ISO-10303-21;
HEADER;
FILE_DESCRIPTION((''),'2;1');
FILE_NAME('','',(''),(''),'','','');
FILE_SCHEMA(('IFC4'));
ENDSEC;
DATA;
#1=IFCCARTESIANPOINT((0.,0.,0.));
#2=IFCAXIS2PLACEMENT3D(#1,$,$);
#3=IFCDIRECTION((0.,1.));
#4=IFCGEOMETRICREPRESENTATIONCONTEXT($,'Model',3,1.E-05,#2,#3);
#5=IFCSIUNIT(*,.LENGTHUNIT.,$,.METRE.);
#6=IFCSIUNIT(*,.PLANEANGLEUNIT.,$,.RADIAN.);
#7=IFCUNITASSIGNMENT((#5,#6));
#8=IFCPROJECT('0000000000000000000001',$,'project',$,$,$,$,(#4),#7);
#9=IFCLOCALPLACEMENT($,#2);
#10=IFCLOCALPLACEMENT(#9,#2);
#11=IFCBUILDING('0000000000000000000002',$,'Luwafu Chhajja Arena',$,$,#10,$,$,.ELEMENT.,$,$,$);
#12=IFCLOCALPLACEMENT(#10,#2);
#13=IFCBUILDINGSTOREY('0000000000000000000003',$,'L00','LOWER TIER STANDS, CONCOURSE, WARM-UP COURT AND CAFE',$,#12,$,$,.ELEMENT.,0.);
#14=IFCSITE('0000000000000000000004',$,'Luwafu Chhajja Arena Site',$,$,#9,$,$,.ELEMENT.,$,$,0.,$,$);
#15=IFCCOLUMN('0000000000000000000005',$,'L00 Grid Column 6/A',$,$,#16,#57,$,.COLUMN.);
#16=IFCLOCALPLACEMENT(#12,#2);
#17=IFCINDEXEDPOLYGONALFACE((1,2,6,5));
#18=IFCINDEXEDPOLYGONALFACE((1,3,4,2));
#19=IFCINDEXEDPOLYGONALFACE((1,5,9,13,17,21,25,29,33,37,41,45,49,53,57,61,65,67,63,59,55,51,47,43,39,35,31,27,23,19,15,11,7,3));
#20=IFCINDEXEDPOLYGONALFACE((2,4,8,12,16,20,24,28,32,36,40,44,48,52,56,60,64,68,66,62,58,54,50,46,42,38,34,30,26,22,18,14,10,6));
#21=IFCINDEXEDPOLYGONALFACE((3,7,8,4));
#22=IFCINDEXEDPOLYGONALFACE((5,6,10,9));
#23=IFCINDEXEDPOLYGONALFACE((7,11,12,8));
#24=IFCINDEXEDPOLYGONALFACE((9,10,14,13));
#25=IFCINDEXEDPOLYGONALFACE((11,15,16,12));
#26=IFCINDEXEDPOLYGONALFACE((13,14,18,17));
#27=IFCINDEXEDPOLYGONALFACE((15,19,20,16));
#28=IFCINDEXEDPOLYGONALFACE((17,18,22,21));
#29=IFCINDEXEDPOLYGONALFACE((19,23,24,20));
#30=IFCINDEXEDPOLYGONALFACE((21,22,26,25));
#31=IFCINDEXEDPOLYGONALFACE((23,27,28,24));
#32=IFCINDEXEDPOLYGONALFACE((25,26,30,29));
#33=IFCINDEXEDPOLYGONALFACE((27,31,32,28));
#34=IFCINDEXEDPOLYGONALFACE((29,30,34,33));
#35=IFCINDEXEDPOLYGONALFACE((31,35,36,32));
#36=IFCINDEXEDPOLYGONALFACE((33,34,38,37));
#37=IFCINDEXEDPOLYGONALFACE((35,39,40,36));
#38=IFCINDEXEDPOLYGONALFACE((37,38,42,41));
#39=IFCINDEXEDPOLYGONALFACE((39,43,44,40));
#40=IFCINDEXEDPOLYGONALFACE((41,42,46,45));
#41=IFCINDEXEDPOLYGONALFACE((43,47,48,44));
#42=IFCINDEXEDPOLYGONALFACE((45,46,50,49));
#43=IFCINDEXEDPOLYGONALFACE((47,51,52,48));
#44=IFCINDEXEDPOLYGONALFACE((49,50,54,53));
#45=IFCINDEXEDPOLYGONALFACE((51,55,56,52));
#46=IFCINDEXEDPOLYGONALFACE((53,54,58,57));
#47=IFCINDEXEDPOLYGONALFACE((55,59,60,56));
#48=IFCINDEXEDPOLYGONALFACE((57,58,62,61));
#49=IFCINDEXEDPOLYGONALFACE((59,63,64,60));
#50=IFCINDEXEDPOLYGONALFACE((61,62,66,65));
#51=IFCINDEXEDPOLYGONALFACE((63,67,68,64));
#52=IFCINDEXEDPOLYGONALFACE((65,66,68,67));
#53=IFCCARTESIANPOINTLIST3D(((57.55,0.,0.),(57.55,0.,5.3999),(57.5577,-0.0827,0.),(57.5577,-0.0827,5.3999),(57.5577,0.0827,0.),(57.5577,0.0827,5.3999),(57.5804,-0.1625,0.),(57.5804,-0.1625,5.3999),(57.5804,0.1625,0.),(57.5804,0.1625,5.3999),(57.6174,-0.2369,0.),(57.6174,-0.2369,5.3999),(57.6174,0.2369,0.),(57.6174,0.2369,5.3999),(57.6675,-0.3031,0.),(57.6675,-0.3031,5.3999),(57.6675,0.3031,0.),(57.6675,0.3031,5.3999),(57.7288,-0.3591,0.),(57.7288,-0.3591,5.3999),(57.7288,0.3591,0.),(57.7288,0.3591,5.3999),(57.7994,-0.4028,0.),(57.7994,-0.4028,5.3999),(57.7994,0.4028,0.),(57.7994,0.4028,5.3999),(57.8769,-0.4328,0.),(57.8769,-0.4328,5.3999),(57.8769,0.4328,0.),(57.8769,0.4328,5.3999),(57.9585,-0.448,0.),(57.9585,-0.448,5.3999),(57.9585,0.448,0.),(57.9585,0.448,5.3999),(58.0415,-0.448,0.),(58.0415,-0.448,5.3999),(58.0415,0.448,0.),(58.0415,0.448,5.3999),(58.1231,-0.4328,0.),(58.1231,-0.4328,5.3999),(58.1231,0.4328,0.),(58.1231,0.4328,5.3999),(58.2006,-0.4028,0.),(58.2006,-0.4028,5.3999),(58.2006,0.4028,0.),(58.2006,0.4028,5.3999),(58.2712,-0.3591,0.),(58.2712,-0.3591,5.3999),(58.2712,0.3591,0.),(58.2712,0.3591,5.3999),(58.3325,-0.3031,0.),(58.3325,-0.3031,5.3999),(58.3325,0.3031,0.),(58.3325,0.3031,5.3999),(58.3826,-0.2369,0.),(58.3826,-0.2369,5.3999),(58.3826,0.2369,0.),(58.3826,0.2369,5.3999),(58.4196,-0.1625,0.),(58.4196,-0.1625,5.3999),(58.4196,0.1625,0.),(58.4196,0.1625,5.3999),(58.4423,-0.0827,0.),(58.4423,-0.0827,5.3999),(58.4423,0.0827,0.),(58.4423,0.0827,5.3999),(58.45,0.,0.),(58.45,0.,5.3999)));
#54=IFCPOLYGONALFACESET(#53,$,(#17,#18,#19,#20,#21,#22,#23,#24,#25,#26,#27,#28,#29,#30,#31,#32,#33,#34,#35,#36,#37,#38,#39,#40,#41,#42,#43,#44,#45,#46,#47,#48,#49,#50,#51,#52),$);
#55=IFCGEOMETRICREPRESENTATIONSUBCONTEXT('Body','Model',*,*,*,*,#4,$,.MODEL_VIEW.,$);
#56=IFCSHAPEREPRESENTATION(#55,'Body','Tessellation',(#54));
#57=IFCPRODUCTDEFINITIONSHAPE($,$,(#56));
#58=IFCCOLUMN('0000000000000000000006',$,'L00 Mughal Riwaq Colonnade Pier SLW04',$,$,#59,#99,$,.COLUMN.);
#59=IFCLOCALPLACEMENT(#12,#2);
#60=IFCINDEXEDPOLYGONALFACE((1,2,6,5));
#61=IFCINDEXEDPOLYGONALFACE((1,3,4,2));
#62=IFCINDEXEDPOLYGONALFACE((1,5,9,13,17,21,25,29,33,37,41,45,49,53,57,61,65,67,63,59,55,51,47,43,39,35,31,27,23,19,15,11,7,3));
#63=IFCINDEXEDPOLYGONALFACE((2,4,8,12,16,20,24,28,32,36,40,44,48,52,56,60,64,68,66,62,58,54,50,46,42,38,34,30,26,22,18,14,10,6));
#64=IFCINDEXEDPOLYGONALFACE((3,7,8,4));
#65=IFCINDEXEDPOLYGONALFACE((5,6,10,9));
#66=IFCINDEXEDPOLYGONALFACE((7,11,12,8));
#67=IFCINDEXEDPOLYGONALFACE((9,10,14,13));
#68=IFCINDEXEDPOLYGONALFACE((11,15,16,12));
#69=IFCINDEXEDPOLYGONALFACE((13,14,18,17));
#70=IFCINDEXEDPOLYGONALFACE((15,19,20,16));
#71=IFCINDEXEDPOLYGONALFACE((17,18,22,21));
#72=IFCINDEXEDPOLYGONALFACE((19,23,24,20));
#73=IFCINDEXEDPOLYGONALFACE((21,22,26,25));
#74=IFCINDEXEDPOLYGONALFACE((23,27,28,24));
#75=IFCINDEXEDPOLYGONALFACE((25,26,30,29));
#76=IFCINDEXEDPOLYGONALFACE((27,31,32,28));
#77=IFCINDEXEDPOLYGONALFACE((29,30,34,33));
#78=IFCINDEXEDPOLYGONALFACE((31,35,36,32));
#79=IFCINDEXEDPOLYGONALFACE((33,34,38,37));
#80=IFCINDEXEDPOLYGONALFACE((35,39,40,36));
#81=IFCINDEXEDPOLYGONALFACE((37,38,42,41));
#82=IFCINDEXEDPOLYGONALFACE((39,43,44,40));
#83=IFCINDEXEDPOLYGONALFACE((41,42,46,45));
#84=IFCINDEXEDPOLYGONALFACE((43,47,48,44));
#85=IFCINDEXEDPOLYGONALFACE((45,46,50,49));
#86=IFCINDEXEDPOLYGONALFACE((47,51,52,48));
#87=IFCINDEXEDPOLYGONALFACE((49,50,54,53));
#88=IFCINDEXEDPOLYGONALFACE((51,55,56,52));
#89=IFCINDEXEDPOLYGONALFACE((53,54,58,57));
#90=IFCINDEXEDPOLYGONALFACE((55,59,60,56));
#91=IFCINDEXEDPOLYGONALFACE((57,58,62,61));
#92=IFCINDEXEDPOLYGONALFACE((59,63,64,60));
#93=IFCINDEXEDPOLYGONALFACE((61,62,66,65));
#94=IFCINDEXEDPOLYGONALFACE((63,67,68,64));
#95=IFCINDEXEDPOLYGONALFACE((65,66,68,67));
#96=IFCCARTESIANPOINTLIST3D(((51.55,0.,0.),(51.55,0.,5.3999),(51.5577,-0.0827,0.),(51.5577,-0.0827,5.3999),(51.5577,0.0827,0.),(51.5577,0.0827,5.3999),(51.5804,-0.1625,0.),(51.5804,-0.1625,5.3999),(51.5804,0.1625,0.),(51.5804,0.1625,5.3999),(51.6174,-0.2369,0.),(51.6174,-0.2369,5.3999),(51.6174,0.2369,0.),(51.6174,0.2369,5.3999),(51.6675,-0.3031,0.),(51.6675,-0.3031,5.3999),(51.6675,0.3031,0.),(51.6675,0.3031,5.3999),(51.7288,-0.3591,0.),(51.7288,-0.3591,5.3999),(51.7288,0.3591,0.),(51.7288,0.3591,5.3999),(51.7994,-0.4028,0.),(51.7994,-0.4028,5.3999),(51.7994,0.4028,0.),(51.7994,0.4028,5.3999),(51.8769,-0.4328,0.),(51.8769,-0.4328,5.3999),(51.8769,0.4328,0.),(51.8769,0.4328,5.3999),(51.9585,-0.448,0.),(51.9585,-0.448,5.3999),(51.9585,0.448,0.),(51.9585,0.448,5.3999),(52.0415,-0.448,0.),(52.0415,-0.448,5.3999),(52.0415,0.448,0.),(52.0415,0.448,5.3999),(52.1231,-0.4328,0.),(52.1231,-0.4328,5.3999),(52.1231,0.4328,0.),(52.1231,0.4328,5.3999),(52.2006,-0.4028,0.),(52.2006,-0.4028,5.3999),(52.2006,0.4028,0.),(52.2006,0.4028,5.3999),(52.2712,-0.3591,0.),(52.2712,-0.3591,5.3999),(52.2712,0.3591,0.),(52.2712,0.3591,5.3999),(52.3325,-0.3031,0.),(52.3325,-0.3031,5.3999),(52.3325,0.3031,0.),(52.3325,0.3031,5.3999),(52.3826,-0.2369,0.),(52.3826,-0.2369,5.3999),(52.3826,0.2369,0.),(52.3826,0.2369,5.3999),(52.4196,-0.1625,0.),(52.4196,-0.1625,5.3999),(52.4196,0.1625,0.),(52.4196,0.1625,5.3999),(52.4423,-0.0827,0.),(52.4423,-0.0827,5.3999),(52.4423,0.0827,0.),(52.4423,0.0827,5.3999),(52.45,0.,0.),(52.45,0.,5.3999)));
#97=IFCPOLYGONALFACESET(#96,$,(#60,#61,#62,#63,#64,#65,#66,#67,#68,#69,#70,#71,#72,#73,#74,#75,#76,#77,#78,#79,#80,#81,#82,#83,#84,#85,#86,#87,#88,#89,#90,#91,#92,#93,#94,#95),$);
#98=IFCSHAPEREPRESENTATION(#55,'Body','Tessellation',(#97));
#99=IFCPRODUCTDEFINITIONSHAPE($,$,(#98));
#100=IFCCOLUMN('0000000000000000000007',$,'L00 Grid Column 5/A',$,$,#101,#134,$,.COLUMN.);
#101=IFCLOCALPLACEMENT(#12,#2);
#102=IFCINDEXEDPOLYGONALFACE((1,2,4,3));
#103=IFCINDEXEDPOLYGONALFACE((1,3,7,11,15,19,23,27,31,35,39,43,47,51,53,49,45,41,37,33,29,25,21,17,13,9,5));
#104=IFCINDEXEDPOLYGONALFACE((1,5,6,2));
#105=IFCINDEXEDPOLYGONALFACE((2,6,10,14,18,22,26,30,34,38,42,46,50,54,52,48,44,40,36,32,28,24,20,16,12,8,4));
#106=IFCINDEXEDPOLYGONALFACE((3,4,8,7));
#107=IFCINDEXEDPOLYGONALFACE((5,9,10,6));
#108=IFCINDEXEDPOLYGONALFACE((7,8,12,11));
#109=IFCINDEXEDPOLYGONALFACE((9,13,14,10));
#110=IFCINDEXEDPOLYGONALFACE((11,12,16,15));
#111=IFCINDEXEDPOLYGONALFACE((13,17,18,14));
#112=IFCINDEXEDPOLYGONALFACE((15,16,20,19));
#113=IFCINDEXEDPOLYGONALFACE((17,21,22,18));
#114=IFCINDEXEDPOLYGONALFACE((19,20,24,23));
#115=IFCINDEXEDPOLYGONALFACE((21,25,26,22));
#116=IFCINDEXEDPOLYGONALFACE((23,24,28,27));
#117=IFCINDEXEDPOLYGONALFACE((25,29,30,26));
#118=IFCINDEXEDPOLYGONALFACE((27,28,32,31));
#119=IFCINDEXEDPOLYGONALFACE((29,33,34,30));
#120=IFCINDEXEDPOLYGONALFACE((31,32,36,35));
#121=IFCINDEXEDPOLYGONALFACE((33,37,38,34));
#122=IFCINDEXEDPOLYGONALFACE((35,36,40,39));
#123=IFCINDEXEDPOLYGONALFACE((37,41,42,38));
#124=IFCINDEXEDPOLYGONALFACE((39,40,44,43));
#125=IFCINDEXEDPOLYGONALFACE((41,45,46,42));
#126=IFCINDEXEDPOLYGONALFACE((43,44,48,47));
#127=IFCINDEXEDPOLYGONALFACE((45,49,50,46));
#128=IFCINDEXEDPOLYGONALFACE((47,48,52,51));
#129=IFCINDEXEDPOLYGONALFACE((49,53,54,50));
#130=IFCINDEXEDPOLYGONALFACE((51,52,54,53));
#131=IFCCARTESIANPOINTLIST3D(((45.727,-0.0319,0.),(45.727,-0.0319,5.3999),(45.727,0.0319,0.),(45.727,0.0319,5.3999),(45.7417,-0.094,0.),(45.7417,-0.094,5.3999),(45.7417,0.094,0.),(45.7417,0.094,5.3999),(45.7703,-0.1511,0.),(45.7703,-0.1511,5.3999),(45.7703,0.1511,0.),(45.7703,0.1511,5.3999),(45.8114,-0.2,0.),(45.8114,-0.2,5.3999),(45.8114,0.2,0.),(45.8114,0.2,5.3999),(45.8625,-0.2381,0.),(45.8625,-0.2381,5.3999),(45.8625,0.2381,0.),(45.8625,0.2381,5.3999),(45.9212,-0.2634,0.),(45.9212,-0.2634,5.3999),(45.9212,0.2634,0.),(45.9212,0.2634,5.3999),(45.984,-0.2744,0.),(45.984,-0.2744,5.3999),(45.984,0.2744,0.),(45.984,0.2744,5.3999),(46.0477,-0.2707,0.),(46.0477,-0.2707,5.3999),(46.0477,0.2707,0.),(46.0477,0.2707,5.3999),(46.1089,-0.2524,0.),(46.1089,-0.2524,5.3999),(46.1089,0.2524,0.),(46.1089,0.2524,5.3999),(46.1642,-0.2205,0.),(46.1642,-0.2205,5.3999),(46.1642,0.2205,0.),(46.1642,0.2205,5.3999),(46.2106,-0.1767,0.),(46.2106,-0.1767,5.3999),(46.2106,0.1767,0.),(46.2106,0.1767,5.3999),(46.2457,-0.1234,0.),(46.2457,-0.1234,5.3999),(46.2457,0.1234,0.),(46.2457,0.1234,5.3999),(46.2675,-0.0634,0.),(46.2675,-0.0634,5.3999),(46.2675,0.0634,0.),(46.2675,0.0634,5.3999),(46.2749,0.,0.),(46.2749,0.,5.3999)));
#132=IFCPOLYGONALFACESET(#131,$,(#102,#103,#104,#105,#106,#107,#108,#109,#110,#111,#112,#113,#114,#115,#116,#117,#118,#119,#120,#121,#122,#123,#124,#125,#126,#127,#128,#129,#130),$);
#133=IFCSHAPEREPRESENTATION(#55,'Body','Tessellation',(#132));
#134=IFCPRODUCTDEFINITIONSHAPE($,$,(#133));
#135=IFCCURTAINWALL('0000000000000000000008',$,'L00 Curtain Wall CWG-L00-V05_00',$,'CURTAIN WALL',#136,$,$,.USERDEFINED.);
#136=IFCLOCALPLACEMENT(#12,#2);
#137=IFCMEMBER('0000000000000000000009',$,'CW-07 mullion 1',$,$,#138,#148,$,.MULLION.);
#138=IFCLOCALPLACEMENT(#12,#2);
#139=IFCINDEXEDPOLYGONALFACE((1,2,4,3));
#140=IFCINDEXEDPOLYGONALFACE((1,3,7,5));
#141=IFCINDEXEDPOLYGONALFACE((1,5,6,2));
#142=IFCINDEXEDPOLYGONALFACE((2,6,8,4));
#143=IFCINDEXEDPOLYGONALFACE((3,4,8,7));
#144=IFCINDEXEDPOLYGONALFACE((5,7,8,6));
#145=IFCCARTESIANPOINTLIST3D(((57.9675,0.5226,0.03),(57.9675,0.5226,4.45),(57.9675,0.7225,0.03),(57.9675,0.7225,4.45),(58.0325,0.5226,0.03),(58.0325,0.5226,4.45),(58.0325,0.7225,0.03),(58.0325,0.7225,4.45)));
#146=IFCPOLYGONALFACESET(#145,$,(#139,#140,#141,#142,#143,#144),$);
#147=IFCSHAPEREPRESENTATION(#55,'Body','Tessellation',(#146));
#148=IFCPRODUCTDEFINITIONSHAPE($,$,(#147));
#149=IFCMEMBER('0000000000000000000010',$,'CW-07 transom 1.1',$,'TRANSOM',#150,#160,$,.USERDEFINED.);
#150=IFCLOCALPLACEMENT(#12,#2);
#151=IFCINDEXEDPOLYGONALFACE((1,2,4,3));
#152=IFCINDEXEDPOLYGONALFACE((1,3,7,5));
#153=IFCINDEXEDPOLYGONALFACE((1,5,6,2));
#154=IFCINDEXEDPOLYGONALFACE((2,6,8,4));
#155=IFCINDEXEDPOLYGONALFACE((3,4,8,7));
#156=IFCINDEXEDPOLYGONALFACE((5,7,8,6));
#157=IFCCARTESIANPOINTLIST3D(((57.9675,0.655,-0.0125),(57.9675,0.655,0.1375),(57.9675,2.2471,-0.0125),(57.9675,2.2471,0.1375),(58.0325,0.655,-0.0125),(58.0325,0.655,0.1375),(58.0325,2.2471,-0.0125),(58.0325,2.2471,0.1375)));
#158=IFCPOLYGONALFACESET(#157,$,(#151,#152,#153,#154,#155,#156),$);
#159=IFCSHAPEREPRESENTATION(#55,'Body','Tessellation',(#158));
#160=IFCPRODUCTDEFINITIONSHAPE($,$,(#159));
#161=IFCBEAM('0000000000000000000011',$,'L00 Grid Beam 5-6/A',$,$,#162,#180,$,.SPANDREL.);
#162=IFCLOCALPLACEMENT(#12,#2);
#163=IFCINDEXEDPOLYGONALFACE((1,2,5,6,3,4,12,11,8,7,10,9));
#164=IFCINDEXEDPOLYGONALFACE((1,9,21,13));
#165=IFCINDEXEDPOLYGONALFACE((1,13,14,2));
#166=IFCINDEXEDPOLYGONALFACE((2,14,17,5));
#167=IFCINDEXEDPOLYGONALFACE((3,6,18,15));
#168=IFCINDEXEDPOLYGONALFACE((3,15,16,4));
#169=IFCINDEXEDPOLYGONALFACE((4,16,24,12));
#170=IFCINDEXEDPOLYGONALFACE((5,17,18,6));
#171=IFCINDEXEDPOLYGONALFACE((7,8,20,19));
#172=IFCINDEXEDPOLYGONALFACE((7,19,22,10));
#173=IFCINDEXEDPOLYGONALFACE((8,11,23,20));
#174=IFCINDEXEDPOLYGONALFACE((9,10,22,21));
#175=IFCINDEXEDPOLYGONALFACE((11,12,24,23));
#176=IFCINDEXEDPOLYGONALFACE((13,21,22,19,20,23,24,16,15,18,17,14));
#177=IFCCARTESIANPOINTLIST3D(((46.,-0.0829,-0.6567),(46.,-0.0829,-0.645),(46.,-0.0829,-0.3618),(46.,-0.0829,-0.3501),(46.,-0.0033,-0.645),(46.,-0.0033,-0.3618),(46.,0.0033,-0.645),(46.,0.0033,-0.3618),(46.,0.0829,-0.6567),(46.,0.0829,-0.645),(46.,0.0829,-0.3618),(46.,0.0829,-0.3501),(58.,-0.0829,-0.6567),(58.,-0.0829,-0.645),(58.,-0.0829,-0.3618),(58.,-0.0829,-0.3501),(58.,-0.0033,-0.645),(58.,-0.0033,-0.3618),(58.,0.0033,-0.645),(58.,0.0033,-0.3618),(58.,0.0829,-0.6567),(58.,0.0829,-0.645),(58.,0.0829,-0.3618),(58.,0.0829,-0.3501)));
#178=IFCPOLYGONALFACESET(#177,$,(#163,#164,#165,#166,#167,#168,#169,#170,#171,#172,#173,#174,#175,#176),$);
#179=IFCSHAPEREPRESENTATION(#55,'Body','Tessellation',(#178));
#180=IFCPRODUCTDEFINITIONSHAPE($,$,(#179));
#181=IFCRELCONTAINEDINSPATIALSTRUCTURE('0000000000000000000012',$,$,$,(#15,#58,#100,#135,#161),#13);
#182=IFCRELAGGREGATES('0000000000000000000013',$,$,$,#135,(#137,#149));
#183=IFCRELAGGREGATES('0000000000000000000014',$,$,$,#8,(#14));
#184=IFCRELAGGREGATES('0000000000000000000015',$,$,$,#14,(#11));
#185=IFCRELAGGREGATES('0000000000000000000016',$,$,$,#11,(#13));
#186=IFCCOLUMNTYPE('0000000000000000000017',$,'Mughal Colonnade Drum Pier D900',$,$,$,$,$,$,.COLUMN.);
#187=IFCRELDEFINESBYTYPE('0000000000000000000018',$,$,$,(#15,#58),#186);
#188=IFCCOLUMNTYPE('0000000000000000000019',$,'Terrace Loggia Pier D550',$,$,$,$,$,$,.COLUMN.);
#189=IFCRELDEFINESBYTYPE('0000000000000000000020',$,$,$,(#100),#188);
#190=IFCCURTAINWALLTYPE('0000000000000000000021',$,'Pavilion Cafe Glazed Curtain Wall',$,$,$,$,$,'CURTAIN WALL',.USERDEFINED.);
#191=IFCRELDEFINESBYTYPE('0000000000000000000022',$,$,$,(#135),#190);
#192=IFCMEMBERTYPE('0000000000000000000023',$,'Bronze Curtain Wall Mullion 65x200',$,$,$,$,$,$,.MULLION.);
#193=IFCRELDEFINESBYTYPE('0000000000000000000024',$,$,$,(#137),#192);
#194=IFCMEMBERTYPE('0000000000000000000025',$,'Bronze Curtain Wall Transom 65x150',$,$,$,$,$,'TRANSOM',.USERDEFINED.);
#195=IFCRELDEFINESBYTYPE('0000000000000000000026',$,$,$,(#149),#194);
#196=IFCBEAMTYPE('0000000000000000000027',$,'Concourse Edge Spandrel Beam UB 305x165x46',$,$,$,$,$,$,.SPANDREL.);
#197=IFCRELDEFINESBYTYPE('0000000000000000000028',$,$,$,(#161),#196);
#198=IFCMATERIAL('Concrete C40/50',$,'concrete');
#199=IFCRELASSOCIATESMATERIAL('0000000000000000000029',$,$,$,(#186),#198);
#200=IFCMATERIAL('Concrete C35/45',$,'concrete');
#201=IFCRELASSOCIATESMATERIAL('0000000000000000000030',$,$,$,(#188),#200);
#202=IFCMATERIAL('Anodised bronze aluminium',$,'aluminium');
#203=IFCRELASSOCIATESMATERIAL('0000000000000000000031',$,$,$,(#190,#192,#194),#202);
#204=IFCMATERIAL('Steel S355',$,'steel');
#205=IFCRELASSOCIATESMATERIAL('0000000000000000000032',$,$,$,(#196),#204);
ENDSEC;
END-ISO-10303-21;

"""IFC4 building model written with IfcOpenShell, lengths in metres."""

from ifc_helpers import new_model, si_unit, direction, frame, origin, origin_2d, place, context, subcontext, project, spatial, rectangle, circle, i_section, extrude, material, material_profile, profile_set, type_object, element, aggregate, save


model = new_model("IFC4")

# Units and contexts
model_context = context("Model", 3, precision=1e-05, world=origin(), true_north=direction((0.0, 1.0)))
body_context = subcontext(model_context, "Body", "Model", "MODEL_VIEW")
ifc_project = project(units=[si_unit("LENGTHUNIT", "METRE"), si_unit("PLANEANGLEUNIT", "RADIAN")], contexts=[model_context])

# Site, building, storey
site_placement = place(None, origin())
site = spatial("IfcSite", under=ifc_project, at=site_placement, Name="Luwafu Chhajja Arena Site", CompositionType="ELEMENT", RefElevation=0.0)
building_placement = place(site_placement, origin())
building = spatial("IfcBuilding", under=site, at=building_placement, Name="Luwafu Chhajja Arena", CompositionType="ELEMENT")
storey_placement = place(building_placement, origin())
storey = spatial("IfcBuildingStorey", under=building, at=storey_placement, Name="L00", Description="LOWER TIER STANDS, CONCOURSE, WARM-UP COURT AND CAFE", CompositionType="ELEMENT", Elevation=0.0)

# Columns
ifc_material_1 = material(Name="Concrete C40/50", Category="concrete")
ifc_material_profile_1 = material_profile(ifc_material_1, circle(Radius=0.45, at=origin_2d()), Name="RC COL D900")
ifc_profile_set_1 = profile_set([ifc_material_profile_1], Name="Concrete C40/50")
column_type_1 = type_object("IfcColumnType", Name="Mughal Colonnade Drum Pier D900", PredefinedType="COLUMN", material=ifc_profile_set_1)
for number, where, z_axis, x_axis, name in (
    (1, (58.0, 0.0, 0.0), (0.0, 0.0, 1.0), (1.0, 0.0, 0.0), "L00 Grid Column 6/A"),
    (2, (52.0, 0.0, 0.0), (0.0, 0.0, 1.0), (1.0, 0.0, 0.0), "L00 Mughal Riwaq Colonnade Pier SLW04"),
):
    element("IfcColumn", number, at=place(storey_placement, frame(where, z_axis=z_axis, x_axis=x_axis)), inside=storey, type_object=column_type_1, Name=name, PredefinedType="COLUMN", context=body_context, shape_type="SweptSolid", body=[
        extrude(circle(Radius=0.45, at=origin_2d()), origin(), (0.0, 0.0, 1.0), 5.3999),
    ])
ifc_material_2 = material(Name="Concrete C35/45", Category="concrete")
ifc_material_profile_2 = material_profile(ifc_material_2, circle(Radius=0.2749, at=origin_2d()), Name="RC COL D550")
ifc_profile_set_2 = profile_set([ifc_material_profile_2], Name="Concrete C35/45")
column_type_2 = type_object("IfcColumnType", Name="Terrace Loggia Pier D550", PredefinedType="COLUMN", material=ifc_profile_set_2)
column_placement = place(storey_placement, frame((46.0, 0.0, 0.0), z_axis=(0.0, 0.0, 1.0), x_axis=(1.0, 0.0, 0.0)))
element("IfcColumn", 3, at=column_placement, inside=storey, type_object=column_type_2, Name="L00 Grid Column 5/A", PredefinedType="COLUMN", context=body_context, shape_type="SweptSolid", body=[
    extrude(circle(Radius=0.2749, at=origin_2d()), origin(), (0.0, 0.0, 1.0), 5.3999),
])

# Curtain wall, members
ifc_material_3 = material(Name="Anodised bronze aluminium", Category="aluminium")
curtain_wall_type = type_object("IfcCurtainWallType", Name="Pavilion Cafe Glazed Curtain Wall", ElementType="CURTAIN WALL", PredefinedType="USERDEFINED", material=ifc_material_3)
curtain_wall_placement = place(storey_placement, origin())
curtain_wall = element("IfcCurtainWall", 4, at=curtain_wall_placement, inside=storey, type_object=curtain_wall_type, Name="L00 Curtain Wall CWG-L00-V05_00", ObjectType="CURTAIN WALL", PredefinedType="USERDEFINED")
ifc_material_profile_3 = material_profile(ifc_material_3, rectangle(XDim=0.0649, YDim=0.2, at=origin_2d()), Name="CWM 65x200")
ifc_profile_set_3 = profile_set([ifc_material_profile_3], Name="Anodised bronze aluminium")
member_type_1 = type_object("IfcMemberType", Name="Bronze Curtain Wall Mullion 65x200", PredefinedType="MULLION", material=ifc_profile_set_3)
member_1_placement = place(storey_placement, frame((58.0, 0.6226, 0.03), z_axis=(0.0, 0.0, 1.0), x_axis=(-1.0, 0.0, 0.0)))
member_1 = element("IfcMember", 5, at=member_1_placement, type_object=member_type_1, Name="CW-07 mullion 1", PredefinedType="MULLION", context=body_context, shape_type="SweptSolid", body=[
    extrude(rectangle(XDim=0.0649, YDim=0.2, at=origin_2d()), origin(), (0.0, 0.0, 1.0), 4.4199),
])
ifc_material_profile_4 = material_profile(ifc_material_3, rectangle(XDim=0.0649, YDim=0.1499, at=origin_2d()), Name="CWT 65x150")
ifc_profile_set_4 = profile_set([ifc_material_profile_4], Name="Anodised bronze aluminium")
member_type_2 = type_object("IfcMemberType", Name="Bronze Curtain Wall Transom 65x150", ElementType="TRANSOM", PredefinedType="USERDEFINED", material=ifc_profile_set_4)
member_2_placement = place(storey_placement, frame((58.0, 0.655, 0.0625), z_axis=(0.0, 1.0, 0.0), x_axis=(-1.0, 0.0, 0.0)))
member_2 = element("IfcMember", 6, at=member_2_placement, type_object=member_type_2, Name="CW-07 transom 1.1", ObjectType="TRANSOM", PredefinedType="USERDEFINED", context=body_context, shape_type="SweptSolid", body=[
    extrude(rectangle(XDim=0.0649, YDim=0.1499, at=origin_2d()), origin(), (0.0, 0.0, 1.0), 1.592),
])
aggregate(curtain_wall, [member_1, member_2])

# Beam
ifc_material_4 = material(Name="Steel S355", Category="steel")
ifc_material_profile_5 = material_profile(ifc_material_4, i_section(OverallWidth=0.1658, OverallDepth=0.3066, WebThickness=0.0066, FlangeThickness=0.0117, at=origin_2d()), Name="UB 305x165x46")
ifc_profile_set_5 = profile_set([ifc_material_profile_5], Name="Steel S355")
beam_type_1 = type_object("IfcBeamType", Name="Concourse Edge Spandrel Beam UB 305x165x46", PredefinedType="SPANDREL", material=ifc_profile_set_5)
beam_1_placement = place(storey_placement, frame((46.0, 0.0, -0.5034), z_axis=(1.0, 0.0, 0.0), x_axis=(0.0, 1.0, 0.0)))
element("IfcBeam", 7, at=beam_1_placement, inside=storey, type_object=beam_type_1, Name="L00 Grid Beam 5-6/A", PredefinedType="SPANDREL", context=body_context, shape_type="SweptSolid", body=[
    extrude(i_section(OverallWidth=0.1658, OverallDepth=0.3066, WebThickness=0.0066, FlangeThickness=0.0117, at=origin_2d()), origin(), (0.0, 0.0, 1.0), 12.0),
])

save(model, "model.ifc")
